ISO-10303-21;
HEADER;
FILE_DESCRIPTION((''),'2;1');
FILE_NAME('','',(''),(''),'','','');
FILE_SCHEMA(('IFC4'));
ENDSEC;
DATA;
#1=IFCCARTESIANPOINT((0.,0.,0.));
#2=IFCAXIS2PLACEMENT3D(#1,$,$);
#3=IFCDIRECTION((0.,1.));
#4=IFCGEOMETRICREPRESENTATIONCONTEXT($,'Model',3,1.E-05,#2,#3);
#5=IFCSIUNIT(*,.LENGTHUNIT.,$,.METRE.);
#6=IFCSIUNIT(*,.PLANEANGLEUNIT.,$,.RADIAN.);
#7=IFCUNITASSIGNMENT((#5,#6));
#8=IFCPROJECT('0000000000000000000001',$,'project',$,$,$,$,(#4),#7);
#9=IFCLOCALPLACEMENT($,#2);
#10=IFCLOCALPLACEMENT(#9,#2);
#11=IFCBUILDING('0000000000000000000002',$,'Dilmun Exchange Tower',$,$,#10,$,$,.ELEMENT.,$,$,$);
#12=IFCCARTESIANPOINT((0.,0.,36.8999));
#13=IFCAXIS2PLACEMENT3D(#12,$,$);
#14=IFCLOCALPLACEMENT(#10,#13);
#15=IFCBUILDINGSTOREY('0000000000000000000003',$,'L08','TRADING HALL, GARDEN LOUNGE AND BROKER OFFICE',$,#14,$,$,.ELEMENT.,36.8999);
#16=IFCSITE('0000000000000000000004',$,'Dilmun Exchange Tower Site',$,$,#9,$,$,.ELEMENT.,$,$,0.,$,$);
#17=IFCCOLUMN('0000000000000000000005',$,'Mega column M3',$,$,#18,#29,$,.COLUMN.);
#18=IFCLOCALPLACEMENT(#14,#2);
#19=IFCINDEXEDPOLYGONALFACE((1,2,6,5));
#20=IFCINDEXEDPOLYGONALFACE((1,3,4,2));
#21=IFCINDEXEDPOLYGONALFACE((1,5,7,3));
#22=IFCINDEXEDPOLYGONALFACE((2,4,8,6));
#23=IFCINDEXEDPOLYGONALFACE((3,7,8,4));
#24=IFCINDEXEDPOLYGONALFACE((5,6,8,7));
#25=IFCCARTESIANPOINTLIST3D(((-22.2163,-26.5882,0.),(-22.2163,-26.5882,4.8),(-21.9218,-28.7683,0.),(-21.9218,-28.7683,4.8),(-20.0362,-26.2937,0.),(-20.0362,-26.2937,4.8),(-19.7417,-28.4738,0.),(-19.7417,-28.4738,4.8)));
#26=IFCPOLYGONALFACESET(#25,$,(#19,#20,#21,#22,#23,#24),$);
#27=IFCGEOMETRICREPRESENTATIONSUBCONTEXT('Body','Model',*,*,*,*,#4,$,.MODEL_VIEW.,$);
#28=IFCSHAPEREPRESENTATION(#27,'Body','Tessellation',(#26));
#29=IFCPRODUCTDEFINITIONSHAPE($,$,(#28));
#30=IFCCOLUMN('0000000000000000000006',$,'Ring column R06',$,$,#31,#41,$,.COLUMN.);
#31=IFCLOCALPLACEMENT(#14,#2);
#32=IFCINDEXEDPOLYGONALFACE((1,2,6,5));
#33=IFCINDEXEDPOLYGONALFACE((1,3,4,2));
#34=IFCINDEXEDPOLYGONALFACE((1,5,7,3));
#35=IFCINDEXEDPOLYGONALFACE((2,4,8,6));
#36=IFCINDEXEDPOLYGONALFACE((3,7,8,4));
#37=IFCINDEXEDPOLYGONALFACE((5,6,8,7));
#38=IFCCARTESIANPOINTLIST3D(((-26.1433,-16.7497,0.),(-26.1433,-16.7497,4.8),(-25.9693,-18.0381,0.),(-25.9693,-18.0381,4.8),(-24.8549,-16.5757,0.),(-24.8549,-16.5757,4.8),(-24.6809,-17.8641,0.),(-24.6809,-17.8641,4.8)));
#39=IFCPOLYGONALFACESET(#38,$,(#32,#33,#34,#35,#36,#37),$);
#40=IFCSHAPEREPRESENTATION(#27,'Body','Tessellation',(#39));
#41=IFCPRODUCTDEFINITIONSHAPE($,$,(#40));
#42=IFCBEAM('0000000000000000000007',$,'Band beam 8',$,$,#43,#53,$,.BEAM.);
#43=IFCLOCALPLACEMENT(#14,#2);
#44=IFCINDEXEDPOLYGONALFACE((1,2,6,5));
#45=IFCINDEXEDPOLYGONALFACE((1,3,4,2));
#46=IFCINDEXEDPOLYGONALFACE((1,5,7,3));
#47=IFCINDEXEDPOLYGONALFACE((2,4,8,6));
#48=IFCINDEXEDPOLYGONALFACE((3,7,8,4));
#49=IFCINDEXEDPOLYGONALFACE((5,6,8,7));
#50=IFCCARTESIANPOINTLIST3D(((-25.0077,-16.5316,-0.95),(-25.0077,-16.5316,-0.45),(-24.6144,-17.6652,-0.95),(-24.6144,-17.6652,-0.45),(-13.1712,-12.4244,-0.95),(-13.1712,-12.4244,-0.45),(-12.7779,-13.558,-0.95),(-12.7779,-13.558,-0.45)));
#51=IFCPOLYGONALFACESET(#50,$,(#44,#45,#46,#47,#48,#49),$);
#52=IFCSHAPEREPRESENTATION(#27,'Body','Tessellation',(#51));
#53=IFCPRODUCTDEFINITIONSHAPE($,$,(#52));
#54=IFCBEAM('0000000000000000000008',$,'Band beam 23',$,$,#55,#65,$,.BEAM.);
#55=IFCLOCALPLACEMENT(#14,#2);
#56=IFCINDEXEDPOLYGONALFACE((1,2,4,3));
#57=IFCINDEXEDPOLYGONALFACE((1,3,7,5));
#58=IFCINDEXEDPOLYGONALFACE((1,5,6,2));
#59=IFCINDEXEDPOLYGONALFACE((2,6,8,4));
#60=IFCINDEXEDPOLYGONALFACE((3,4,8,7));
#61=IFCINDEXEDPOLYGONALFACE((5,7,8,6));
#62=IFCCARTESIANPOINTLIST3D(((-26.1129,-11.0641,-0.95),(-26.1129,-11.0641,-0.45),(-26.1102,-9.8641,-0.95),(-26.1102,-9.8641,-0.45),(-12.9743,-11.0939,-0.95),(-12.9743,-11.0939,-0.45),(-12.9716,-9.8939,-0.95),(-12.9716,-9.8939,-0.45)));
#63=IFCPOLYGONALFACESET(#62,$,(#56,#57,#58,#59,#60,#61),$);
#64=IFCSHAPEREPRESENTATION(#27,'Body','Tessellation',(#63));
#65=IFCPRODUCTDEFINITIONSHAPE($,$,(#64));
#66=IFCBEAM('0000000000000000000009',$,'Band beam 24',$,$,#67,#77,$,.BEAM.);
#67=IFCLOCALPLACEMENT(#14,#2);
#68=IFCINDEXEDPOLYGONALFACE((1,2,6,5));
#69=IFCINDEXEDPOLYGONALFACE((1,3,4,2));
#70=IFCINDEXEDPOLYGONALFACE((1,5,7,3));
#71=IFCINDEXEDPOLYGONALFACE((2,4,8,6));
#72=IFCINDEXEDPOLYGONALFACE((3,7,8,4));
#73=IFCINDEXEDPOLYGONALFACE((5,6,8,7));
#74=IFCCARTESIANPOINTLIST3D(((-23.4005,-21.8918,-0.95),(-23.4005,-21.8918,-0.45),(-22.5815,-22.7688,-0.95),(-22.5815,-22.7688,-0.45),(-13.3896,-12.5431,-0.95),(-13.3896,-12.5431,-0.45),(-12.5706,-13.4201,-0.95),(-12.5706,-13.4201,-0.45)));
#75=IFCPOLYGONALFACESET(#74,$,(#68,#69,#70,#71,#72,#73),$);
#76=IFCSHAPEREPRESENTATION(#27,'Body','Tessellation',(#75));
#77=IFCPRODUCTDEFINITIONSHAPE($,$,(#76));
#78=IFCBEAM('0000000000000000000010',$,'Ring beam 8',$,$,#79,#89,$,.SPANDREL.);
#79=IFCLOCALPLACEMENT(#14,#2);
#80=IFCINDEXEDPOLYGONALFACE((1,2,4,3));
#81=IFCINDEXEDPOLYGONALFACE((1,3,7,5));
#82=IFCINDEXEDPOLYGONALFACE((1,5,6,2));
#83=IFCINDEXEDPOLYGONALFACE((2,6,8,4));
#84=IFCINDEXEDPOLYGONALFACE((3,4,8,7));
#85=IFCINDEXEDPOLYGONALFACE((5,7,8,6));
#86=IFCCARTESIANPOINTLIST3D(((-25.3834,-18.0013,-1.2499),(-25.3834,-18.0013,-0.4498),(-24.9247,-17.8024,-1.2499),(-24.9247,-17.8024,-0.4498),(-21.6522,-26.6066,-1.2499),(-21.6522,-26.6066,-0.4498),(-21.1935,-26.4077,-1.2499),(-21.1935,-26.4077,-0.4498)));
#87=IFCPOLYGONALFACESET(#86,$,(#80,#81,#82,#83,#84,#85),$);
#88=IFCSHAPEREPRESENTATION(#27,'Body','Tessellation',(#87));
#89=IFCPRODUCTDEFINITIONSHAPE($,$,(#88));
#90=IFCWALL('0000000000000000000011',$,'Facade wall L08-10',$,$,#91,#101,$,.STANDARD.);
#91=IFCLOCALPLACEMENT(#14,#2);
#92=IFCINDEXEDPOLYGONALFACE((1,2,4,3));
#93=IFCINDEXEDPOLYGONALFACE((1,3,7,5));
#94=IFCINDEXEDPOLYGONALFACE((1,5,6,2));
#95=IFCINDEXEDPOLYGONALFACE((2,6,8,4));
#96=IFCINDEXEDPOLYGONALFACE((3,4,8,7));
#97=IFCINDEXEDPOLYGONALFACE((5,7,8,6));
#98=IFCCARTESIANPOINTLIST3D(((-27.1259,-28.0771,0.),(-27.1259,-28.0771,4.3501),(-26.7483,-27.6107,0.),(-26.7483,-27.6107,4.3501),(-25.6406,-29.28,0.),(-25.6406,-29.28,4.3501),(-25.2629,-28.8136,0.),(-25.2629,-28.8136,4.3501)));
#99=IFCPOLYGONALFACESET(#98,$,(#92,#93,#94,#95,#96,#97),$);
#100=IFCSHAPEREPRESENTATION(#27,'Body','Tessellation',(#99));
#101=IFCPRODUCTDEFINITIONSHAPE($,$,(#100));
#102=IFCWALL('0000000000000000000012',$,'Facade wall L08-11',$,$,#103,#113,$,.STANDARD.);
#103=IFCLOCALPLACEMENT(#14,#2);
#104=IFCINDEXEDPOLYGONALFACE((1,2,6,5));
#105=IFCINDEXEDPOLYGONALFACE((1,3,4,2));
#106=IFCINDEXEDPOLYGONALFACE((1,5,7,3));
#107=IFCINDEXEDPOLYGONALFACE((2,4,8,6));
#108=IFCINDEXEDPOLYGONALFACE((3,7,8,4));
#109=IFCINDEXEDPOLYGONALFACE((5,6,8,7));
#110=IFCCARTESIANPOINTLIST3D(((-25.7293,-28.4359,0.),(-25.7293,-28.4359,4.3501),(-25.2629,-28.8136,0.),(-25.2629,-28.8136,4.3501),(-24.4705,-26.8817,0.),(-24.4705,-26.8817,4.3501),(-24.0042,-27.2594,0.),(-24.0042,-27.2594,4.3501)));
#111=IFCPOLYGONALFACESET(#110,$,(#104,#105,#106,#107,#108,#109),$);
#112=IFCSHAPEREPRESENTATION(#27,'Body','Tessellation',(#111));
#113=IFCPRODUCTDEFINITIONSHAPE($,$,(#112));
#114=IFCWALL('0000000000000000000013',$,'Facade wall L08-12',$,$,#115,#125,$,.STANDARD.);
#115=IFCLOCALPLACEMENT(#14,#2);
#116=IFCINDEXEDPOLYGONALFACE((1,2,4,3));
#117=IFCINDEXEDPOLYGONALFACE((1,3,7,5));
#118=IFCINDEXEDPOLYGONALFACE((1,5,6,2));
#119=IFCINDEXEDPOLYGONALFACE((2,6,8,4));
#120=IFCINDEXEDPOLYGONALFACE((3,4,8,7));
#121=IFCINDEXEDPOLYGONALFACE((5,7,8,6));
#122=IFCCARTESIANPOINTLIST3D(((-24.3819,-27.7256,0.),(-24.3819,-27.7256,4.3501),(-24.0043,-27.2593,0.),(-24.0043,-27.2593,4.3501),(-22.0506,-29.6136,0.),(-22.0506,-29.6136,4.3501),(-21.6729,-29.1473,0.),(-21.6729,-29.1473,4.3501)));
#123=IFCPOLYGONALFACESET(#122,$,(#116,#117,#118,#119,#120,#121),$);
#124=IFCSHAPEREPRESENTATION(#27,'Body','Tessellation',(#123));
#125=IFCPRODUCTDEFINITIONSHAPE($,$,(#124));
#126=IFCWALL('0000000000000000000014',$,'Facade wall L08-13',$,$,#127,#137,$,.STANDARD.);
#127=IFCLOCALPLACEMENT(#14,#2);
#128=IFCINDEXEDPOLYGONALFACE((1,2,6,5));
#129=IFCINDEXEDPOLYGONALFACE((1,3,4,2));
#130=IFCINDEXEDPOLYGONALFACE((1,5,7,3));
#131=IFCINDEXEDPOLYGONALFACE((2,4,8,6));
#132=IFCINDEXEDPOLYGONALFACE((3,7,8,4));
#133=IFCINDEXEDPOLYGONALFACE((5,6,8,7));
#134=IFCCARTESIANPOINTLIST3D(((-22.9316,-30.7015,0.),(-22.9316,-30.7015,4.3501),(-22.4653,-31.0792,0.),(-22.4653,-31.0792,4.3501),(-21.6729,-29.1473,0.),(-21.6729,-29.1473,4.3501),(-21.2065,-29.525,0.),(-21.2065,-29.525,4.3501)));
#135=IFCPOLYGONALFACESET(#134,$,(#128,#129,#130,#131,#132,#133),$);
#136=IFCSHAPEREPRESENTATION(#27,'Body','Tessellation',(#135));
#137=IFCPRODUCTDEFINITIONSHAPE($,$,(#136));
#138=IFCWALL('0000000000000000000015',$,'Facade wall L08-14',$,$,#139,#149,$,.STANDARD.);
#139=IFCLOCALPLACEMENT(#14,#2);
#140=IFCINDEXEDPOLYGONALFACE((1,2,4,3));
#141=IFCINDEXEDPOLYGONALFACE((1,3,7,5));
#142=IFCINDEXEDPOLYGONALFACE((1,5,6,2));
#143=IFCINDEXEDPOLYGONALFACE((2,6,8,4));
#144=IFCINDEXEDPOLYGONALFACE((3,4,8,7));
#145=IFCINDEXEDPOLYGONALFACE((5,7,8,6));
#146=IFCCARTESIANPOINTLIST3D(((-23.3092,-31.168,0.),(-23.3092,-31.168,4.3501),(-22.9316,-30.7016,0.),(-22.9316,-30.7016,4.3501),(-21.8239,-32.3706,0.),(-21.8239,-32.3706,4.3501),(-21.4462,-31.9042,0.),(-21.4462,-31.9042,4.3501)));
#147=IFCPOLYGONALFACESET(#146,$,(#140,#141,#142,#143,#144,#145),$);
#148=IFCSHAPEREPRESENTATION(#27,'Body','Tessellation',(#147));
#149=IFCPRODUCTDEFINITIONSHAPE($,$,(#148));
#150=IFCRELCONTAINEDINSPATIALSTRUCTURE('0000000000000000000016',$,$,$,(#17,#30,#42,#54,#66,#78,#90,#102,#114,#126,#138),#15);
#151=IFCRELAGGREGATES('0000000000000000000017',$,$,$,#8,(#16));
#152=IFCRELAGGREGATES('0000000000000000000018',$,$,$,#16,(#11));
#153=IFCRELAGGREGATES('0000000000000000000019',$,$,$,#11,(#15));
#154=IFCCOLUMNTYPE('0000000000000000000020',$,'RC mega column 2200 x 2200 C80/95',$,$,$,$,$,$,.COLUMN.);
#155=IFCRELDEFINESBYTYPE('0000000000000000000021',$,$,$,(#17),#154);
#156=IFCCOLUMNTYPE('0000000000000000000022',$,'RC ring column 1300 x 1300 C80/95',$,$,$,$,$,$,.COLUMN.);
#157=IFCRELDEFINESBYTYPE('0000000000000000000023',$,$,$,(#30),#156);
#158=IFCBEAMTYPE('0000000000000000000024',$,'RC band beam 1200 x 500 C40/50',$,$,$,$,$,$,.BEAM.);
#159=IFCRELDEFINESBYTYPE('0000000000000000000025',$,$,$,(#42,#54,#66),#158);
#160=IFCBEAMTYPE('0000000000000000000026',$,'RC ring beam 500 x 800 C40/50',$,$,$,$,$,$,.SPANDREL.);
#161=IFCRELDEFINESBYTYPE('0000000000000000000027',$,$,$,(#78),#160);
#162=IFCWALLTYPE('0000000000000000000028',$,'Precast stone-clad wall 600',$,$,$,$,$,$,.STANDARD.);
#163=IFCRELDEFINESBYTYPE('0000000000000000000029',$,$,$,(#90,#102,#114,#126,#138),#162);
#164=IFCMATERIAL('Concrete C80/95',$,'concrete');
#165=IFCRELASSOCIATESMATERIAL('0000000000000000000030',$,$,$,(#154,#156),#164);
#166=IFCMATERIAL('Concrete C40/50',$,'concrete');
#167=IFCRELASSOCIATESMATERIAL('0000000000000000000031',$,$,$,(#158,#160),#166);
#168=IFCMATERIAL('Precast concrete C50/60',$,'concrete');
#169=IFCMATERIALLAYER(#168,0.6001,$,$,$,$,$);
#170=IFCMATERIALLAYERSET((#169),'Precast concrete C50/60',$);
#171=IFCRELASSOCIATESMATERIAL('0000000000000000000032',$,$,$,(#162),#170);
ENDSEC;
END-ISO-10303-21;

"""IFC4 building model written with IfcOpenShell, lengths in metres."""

from ifc_helpers import new_model, si_unit, direction, frame, frame_2d, origin, origin_2d, place, context, subcontext, project, spatial, rectangle, extrude, material, layer, layer_set, material_profile, profile_set, type_object, element, save


model = new_model("IFC4")

# Units and contexts
model_context = context("Model", 3, precision=1e-05, world=origin(), true_north=direction((0.0, 1.0)))
body_context = subcontext(model_context, "Body", "Model", "MODEL_VIEW")
ifc_project = project(units=[si_unit("LENGTHUNIT", "METRE"), si_unit("PLANEANGLEUNIT", "RADIAN")], contexts=[model_context])

# Site, building, storey
site_placement = place(None, origin())
site = spatial("IfcSite", under=ifc_project, at=site_placement, Name="Dilmun Exchange Tower Site", CompositionType="ELEMENT", RefElevation=0.0)
building_placement = place(site_placement, origin())
building = spatial("IfcBuilding", under=site, at=building_placement, Name="Dilmun Exchange Tower", CompositionType="ELEMENT")
storey_placement = place(building_placement, frame((0.0, 0.0, 36.8999)))
storey = spatial("IfcBuildingStorey", under=building, at=storey_placement, Name="L08", Description="TRADING HALL, GARDEN LOUNGE AND BROKER OFFICE", CompositionType="ELEMENT", Elevation=36.8999)

# Columns
ifc_material_1 = material(Name="Concrete C80/95", Category="concrete")
ifc_material_profile_1 = material_profile(ifc_material_1, rectangle(XDim=2.2, YDim=2.2, at=origin_2d()), Name="2200 x 2200")
ifc_profile_set_1 = profile_set([ifc_material_profile_1], Name="Concrete C80/95")
column_type_1 = type_object("IfcColumnType", Name="RC mega column 2200 x 2200 C80/95", PredefinedType="COLUMN", material=ifc_profile_set_1)
column_1_placement = place(storey_placement, frame((-20.979, -27.531, 0.0), z_axis=(0.0, 0.0, 1.0), x_axis=(0.991001, 0.133853, 0.0)))
element("IfcColumn", 1, at=column_1_placement, inside=storey, type_object=column_type_1, Name="Mega column M3", PredefinedType="COLUMN", context=body_context, shape_type="SweptSolid", body=[
    extrude(rectangle(XDim=2.2, YDim=2.2, at=origin_2d()), origin(), (0.0, 0.0, 1.0), 4.8),
])
ifc_material_profile_2 = material_profile(ifc_material_1, rectangle(XDim=1.3, YDim=1.3, at=origin_2d()), Name="1300 x 1300")
ifc_profile_set_2 = profile_set([ifc_material_profile_2], Name="Concrete C80/95")
column_type_2 = type_object("IfcColumnType", Name="RC ring column 1300 x 1300 C80/95", PredefinedType="COLUMN", material=ifc_profile_set_2)
column_2_placement = place(storey_placement, frame((-25.4121, -17.3069, 0.0), z_axis=(0.0, 0.0, 1.0), x_axis=(0.991001, 0.133853, 0.0)))
element("IfcColumn", 2, at=column_2_placement, inside=storey, type_object=column_type_2, Name="Ring column R06", PredefinedType="COLUMN", context=body_context, shape_type="SweptSolid", body=[
    extrude(rectangle(XDim=1.3, YDim=1.3, at=origin_2d()), origin(), (0.0, 0.0, 1.0), 4.8),
])

# Beams
ifc_material_2 = material(Name="Concrete C40/50", Category="concrete")
ifc_material_profile_3 = material_profile(ifc_material_2, rectangle(XDim=1.2, YDim=0.5, at=origin_2d()), Name="1200 x 500")
ifc_profile_set_3 = profile_set([ifc_material_profile_3], Name="Concrete C40/50")
beam_type_1 = type_object("IfcBeamType", Name="RC band beam 1200 x 500 C40/50", PredefinedType="BEAM", material=ifc_profile_set_3)
beam_1_placement = place(storey_placement, frame((-24.811, -17.0984, -0.7), z_axis=(0.94474, 0.32782, 0.0), x_axis=(-0.32782, 0.94474, 0.0)))
element("IfcBeam", 3, at=beam_1_placement, inside=storey, type_object=beam_type_1, Name="Band beam 8", PredefinedType="BEAM", context=body_context, shape_type="SweptSolid", body=[
    extrude(rectangle(XDim=1.2, YDim=0.5, at=origin_2d()), origin(), (0.0, 0.0, 1.0), 12.5288),
])
beam_2_placement = place(storey_placement, frame((-26.1116, -10.4641, -0.7), z_axis=(0.999997, -0.002267, 0.0), x_axis=(0.002267, 0.999997, 0.0)))
element("IfcBeam", 4, at=beam_2_placement, inside=storey, type_object=beam_type_1, Name="Band beam 23", PredefinedType="BEAM", context=body_context, shape_type="SweptSolid", body=[
    extrude(rectangle(XDim=1.2, YDim=0.5, at=origin_2d()), origin(), (0.0, 0.0, 1.0), 13.1387),
])
beam_3_placement = place(storey_placement, frame((-22.991, -22.3303, -0.7), z_axis=(0.730863, 0.682524, 0.0), x_axis=(-0.682524, 0.730863, 0.0)))
element("IfcBeam", 5, at=beam_3_placement, inside=storey, type_object=beam_type_1, Name="Band beam 24", PredefinedType="BEAM", context=body_context, shape_type="SweptSolid", body=[
    extrude(rectangle(XDim=1.2, YDim=0.5, at=origin_2d()), origin(), (0.0, 0.0, 1.0), 13.6973),
])
ifc_material_profile_4 = material_profile(ifc_material_2, rectangle(XDim=0.5, YDim=0.8, at=origin_2d()), Name="500 x 800")
ifc_profile_set_4 = profile_set([ifc_material_profile_4], Name="Concrete C40/50")
beam_type_2 = type_object("IfcBeamType", Name="RC ring beam 500 x 800 C40/50", PredefinedType="SPANDREL", material=ifc_profile_set_4)
beam_4_placement = place(storey_placement, frame((-25.1541, -17.9019, -0.8499), z_axis=(0.397811, -0.917467, 0.0), x_axis=(0.917467, 0.397811, 0.0)))
element("IfcBeam", 6, at=beam_4_placement, inside=storey, type_object=beam_type_2, Name="Ring beam 8", PredefinedType="SPANDREL", context=body_context, shape_type="SweptSolid", body=[
    extrude(rectangle(XDim=0.5, YDim=0.8, at=origin_2d()), origin(), (0.0, 0.0, 1.0), 9.3794),
])

# Walls
ifc_material_3 = material(Name="Precast concrete C50/60", Category="concrete")
ifc_layer = layer(ifc_material_3, 0.6001)
ifc_layer_set = layer_set([ifc_layer], Name="Precast concrete C50/60")
wall_type = type_object("IfcWallType", Name="Precast stone-clad wall 600", PredefinedType="STANDARD", material=ifc_layer_set)
wall_1_placement = place(storey_placement, frame((-26.937, -27.844, 0.0), z_axis=(0.0, 0.0, 1.0), x_axis=(0.777129, -0.629342, 0.0)))
element("IfcWall", 7, at=wall_1_placement, inside=storey, type_object=wall_type, Name="Facade wall L08-10", PredefinedType="STANDARD", context=body_context, shape_type="SweptSolid", body=[
    extrude(rectangle(XDim=1.9114, YDim=0.6001, at=frame_2d((0.9556, 0.0))), origin(), (0.0, 0.0, 1.0), 4.3501),
])
wall_2_placement = place(storey_placement, frame((-25.4961, -28.6248, 0.0), z_axis=(0.0, 0.0, 1.0), x_axis=(0.629388, 0.777091, 0.0)))
element("IfcWall", 8, at=wall_2_placement, inside=storey, type_object=wall_type, Name="Facade wall L08-11", PredefinedType="STANDARD", context=body_context, shape_type="SweptSolid", body=[
    extrude(rectangle(XDim=2.0, YDim=0.6001, at=frame_2d((1.0, 0.0))), origin(), (0.0, 0.0, 1.0), 4.3501),
])
wall_3_placement = place(storey_placement, frame((-24.1931, -27.4924, 0.0), z_axis=(0.0, 0.0, 1.0), x_axis=(0.777131, -0.629339, 0.0)))
element("IfcWall", 9, at=wall_3_placement, inside=storey, type_object=wall_type, Name="Facade wall L08-12", PredefinedType="STANDARD", context=body_context, shape_type="SweptSolid", body=[
    extrude(rectangle(XDim=3.0, YDim=0.6001, at=frame_2d((1.5, 0.0))), origin(), (0.0, 0.0, 1.0), 4.3501),
])
wall_4_placement = place(storey_placement, frame((-21.4397, -29.3362, 0.0), z_axis=(0.0, 0.0, 1.0), x_axis=(-0.629388, -0.777091, 0.0)))
element("IfcWall", 10, at=wall_4_placement, inside=storey, type_object=wall_type, Name="Facade wall L08-13", PredefinedType="STANDARD", context=body_context, shape_type="SweptSolid", body=[
    extrude(rectangle(XDim=2.0, YDim=0.6001, at=frame_2d((1.0, 0.0))), origin(), (0.0, 0.0, 1.0), 4.3501),
])
wall_5_placement = place(storey_placement, frame((-23.1204, -30.9348, 0.0), z_axis=(0.0, 0.0, 1.0), x_axis=(0.777191, -0.629264, 0.0)))
element("IfcWall", 11, at=wall_5_placement, inside=storey, type_object=wall_type, Name="Facade wall L08-14", PredefinedType="STANDARD", context=body_context, shape_type="SweptSolid", body=[
    extrude(rectangle(XDim=1.9111, YDim=0.6001, at=frame_2d((0.9556, 0.0))), origin(), (0.0, 0.0, 1.0), 4.3501),
])

save(model, "model.ifc")
